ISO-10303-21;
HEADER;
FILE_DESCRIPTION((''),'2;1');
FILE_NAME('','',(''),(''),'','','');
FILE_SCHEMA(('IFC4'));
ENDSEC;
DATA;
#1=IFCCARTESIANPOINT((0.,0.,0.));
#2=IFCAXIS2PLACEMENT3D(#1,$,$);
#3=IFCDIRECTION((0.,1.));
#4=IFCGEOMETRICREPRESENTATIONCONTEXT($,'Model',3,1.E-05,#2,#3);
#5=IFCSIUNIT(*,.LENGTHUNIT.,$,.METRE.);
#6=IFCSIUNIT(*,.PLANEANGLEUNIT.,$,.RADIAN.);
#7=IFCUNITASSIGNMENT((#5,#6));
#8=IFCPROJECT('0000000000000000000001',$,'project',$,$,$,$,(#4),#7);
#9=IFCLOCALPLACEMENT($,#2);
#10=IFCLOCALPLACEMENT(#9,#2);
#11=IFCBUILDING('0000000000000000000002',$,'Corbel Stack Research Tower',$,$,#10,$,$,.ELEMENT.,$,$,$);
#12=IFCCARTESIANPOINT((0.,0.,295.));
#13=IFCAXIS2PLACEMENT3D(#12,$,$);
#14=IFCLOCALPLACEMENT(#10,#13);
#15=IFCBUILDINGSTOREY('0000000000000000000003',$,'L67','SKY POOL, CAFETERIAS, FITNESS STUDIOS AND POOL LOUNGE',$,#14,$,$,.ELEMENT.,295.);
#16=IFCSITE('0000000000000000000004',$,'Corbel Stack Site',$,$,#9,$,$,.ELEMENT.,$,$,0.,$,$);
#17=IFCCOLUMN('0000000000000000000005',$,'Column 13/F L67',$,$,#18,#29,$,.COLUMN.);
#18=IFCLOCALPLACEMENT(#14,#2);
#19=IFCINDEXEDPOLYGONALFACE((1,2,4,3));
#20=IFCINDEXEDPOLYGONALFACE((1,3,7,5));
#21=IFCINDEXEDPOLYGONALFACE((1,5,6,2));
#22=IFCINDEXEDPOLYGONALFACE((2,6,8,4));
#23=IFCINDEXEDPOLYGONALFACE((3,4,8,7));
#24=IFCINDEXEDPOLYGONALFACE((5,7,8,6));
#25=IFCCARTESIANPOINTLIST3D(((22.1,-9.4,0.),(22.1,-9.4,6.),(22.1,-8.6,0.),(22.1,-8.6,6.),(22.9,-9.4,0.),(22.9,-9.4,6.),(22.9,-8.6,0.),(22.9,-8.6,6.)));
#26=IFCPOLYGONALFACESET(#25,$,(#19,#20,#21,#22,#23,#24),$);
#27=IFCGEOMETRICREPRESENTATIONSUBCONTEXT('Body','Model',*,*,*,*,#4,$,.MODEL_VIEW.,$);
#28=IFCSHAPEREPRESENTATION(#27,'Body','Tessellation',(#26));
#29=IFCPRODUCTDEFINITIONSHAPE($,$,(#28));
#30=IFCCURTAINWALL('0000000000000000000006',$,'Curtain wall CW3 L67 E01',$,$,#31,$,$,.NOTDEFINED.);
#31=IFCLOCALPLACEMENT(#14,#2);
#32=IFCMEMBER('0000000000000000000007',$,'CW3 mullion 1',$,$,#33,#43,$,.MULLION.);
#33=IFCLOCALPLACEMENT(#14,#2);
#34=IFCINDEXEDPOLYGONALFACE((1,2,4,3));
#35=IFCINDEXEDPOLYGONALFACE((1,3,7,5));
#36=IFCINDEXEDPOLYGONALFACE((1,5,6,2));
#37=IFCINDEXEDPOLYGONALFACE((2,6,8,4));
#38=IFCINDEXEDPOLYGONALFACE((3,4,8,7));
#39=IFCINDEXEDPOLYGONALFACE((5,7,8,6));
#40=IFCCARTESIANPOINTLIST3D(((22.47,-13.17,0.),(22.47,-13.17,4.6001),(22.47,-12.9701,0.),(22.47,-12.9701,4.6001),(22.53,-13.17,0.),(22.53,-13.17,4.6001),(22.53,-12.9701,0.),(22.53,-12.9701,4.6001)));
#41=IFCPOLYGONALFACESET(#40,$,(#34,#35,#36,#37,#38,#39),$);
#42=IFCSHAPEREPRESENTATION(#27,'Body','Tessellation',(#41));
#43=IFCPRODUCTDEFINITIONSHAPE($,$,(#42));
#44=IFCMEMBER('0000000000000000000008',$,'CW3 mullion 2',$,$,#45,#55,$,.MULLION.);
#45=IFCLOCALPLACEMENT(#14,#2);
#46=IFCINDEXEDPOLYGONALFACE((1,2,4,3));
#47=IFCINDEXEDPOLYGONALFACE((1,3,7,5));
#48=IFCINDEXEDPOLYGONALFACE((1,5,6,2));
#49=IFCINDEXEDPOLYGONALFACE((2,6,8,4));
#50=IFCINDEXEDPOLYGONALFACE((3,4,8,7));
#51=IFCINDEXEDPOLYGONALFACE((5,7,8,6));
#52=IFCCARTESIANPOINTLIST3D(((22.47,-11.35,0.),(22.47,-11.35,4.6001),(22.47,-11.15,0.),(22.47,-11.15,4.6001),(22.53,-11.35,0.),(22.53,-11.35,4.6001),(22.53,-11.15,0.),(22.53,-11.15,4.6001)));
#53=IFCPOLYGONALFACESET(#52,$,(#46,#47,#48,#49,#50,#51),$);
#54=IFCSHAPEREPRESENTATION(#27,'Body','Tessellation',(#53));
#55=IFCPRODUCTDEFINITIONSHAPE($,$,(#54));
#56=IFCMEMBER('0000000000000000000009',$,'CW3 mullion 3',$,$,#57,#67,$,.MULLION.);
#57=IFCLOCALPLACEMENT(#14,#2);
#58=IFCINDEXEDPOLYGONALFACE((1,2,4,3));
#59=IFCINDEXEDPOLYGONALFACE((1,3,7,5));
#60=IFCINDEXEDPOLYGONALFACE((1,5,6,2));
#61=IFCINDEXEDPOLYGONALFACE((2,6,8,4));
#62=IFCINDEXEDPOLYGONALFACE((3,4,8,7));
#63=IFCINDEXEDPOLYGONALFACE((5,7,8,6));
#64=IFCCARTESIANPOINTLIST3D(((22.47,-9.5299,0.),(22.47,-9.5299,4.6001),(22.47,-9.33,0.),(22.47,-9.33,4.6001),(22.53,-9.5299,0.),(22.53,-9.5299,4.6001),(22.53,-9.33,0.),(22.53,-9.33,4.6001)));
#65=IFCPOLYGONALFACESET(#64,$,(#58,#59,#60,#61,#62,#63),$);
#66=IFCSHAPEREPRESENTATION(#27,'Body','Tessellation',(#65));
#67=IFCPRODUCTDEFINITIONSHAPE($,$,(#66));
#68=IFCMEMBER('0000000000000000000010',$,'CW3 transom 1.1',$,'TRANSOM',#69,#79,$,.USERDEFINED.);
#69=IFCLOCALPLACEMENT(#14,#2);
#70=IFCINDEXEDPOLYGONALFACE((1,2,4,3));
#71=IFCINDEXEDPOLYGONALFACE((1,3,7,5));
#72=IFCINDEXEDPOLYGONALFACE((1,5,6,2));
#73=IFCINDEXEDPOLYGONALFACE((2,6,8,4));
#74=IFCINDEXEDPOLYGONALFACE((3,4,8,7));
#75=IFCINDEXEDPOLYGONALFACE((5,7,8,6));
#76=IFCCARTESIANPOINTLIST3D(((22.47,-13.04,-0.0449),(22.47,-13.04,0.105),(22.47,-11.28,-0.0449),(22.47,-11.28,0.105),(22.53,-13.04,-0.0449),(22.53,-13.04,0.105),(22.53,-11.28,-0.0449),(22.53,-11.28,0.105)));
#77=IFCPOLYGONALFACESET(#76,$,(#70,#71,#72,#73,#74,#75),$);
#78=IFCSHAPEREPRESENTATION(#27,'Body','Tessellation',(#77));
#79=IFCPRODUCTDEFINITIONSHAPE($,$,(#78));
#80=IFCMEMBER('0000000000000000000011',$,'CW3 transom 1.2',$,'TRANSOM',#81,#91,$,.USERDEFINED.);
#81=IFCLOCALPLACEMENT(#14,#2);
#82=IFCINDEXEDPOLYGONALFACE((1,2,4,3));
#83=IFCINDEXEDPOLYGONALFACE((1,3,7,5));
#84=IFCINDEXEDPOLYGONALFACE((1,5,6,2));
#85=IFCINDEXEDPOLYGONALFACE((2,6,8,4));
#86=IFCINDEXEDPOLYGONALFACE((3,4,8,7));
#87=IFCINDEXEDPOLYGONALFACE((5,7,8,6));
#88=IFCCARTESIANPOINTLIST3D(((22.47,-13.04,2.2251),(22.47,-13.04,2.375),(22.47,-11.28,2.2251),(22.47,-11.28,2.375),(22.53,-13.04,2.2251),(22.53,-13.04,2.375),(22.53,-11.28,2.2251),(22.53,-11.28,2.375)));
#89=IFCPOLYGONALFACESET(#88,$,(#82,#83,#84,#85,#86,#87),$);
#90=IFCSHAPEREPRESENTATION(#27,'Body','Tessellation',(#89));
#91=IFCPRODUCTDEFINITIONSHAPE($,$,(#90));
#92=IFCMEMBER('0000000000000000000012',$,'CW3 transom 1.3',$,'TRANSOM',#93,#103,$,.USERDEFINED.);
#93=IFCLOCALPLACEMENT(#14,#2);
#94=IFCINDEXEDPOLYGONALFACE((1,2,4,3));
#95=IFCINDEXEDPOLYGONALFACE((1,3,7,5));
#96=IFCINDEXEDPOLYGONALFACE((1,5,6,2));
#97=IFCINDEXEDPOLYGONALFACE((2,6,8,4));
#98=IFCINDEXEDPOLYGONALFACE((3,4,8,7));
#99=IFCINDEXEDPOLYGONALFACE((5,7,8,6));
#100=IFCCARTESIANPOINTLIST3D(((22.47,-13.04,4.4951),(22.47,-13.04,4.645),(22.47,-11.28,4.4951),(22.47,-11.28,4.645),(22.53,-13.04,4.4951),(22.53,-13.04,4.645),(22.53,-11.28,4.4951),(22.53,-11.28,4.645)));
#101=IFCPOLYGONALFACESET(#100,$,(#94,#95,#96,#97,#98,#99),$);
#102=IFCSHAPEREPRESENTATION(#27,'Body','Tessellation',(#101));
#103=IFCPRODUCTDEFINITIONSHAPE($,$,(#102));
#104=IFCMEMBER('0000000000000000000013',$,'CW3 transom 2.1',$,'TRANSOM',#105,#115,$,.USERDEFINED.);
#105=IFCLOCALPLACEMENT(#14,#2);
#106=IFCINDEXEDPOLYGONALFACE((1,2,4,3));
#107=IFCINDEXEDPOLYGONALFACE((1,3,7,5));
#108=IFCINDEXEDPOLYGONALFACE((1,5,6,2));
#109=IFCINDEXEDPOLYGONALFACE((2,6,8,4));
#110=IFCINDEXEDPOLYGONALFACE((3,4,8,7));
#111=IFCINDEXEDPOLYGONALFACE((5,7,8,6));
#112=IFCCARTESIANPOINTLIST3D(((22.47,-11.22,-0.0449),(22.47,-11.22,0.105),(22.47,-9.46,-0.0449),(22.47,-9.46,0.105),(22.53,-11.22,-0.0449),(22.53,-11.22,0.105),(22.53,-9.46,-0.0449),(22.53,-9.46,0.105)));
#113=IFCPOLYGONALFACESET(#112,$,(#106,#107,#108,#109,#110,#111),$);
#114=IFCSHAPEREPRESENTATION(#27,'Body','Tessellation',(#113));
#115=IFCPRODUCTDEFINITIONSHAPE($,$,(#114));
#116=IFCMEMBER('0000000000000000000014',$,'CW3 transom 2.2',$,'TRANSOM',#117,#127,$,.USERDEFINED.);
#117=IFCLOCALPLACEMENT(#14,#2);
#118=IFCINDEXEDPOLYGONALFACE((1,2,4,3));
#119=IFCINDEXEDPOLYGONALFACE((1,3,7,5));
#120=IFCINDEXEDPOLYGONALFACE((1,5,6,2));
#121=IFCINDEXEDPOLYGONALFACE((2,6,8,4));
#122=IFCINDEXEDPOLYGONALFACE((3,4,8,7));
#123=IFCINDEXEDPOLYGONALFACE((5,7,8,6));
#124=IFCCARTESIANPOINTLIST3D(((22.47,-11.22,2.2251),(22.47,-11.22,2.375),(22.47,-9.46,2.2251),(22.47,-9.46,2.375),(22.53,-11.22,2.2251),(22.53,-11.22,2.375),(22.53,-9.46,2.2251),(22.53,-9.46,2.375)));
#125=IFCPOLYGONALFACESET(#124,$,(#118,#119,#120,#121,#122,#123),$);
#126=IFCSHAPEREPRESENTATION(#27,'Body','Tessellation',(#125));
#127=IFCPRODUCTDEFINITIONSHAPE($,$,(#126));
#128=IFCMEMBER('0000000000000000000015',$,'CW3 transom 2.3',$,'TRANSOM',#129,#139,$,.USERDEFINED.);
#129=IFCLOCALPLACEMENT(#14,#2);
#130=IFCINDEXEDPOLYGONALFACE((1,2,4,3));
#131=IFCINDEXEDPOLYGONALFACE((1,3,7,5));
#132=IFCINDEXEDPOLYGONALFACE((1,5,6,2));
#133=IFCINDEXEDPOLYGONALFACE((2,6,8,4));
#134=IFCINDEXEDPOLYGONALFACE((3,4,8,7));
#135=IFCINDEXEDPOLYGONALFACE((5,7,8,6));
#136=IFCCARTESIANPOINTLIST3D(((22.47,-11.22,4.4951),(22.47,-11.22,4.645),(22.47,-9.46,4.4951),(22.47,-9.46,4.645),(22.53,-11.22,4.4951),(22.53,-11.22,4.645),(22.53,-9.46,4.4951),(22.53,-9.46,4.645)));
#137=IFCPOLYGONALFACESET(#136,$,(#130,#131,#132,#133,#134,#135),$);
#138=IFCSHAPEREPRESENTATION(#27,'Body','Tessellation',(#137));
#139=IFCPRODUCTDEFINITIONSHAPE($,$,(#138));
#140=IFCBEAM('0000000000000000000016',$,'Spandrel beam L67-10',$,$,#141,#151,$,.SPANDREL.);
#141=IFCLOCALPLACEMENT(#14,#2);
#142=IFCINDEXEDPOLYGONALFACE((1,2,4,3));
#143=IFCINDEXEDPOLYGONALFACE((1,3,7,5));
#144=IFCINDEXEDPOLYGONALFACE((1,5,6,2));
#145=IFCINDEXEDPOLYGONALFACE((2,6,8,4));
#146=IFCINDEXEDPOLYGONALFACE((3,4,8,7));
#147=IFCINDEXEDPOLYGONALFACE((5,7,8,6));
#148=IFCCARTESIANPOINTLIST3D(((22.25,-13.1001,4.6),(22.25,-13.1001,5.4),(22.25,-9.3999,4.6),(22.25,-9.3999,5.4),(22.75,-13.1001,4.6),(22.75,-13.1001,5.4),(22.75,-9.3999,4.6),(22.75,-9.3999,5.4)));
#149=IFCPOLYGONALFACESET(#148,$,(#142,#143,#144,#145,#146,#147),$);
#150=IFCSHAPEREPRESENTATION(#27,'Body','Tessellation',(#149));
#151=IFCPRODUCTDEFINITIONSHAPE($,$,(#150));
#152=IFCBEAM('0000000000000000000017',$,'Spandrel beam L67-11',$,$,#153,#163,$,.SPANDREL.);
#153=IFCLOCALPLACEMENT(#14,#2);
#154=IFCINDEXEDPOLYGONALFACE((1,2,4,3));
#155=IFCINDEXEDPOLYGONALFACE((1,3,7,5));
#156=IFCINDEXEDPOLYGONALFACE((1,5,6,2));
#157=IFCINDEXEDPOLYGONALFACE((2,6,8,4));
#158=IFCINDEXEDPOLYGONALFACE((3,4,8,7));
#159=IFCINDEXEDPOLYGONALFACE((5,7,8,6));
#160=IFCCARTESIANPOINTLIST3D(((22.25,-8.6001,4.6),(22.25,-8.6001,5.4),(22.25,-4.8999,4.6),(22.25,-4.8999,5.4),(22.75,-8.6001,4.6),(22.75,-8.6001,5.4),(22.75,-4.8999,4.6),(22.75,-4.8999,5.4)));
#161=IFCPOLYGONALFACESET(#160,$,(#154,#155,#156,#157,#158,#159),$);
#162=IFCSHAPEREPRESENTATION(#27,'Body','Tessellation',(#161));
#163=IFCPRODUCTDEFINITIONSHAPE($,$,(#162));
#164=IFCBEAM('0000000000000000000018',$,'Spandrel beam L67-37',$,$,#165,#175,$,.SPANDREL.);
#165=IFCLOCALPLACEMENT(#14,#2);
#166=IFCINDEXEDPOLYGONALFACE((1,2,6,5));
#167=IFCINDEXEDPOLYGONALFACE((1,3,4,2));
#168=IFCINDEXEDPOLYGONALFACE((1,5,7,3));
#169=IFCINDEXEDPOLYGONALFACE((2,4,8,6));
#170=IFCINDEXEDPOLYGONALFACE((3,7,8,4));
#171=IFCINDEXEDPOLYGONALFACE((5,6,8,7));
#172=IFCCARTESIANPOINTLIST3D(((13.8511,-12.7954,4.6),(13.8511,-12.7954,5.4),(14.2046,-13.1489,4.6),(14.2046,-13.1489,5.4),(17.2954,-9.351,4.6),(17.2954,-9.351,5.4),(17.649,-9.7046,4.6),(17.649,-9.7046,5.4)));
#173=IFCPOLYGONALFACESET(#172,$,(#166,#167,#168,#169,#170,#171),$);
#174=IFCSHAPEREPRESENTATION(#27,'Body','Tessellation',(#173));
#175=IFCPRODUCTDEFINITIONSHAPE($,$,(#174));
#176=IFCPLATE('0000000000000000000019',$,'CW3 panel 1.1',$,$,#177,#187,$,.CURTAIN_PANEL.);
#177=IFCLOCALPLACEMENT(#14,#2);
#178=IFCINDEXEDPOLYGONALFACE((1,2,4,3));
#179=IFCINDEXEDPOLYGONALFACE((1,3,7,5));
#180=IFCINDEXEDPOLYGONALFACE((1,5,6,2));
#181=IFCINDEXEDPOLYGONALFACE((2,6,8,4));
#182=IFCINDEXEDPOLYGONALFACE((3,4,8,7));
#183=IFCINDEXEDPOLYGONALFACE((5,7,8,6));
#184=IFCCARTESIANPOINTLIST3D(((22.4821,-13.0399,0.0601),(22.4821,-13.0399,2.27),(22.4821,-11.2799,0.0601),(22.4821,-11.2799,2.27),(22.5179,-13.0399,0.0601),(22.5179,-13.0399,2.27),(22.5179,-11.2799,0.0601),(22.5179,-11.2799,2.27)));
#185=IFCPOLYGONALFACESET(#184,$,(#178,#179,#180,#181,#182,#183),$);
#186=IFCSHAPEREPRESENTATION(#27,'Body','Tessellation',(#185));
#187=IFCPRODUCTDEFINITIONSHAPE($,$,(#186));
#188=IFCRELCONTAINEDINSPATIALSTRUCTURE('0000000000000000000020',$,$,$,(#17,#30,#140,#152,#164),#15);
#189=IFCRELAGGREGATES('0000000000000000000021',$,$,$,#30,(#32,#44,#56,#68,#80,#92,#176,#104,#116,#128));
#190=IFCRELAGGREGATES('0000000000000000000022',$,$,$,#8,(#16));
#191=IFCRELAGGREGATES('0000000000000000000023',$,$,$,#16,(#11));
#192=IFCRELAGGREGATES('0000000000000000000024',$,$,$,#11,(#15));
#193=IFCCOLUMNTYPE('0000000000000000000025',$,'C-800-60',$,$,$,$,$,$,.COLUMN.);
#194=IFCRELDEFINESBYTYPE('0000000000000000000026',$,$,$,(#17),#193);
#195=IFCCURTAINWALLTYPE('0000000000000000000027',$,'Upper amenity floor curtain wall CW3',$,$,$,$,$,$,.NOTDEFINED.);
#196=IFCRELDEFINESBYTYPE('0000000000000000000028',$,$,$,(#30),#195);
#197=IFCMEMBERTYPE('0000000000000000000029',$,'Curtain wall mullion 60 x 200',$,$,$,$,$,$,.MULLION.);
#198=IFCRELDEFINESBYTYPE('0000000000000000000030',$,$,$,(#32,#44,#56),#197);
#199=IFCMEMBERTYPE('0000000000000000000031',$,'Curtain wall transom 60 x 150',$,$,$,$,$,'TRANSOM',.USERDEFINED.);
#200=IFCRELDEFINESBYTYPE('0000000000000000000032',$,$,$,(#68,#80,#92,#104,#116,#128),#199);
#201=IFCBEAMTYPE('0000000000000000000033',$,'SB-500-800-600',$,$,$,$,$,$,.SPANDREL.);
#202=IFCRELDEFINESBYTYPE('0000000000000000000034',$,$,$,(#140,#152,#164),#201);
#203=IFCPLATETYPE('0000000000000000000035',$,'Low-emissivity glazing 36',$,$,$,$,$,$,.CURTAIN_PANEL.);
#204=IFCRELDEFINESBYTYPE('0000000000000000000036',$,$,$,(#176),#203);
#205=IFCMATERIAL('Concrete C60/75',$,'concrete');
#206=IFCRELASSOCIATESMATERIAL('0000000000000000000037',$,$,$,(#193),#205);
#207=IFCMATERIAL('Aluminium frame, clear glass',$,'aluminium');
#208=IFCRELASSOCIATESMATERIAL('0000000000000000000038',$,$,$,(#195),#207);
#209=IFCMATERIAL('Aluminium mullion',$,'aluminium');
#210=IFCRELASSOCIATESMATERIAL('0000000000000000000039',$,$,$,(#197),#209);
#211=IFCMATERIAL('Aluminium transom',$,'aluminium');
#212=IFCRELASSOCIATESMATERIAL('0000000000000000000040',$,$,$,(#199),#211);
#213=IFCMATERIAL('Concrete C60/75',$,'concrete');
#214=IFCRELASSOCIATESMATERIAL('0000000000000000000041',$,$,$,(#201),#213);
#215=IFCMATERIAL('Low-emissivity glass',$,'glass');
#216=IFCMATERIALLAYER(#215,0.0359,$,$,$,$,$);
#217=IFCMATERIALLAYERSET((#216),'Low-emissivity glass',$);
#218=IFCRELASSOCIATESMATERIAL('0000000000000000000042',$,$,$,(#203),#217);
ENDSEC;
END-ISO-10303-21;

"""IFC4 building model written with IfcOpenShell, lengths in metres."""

from ifc_helpers import new_model, si_unit, direction, frame, origin, origin_2d, place, context, subcontext, project, spatial, rectangle, extrude, material, layer, layer_set, material_profile, profile_set, type_object, element, aggregate, save


model = new_model("IFC4")

# Units and contexts
model_context = context("Model", 3, precision=1e-05, world=origin(), true_north=direction((0.0, 1.0)))
body_context = subcontext(model_context, "Body", "Model", "MODEL_VIEW")
ifc_project = project(units=[si_unit("LENGTHUNIT", "METRE"), si_unit("PLANEANGLEUNIT", "RADIAN")], contexts=[model_context])

# Site, building, storey
site_placement = place(None, origin())
site = spatial("IfcSite", under=ifc_project, at=site_placement, Name="Corbel Stack Site", CompositionType="ELEMENT", RefElevation=0.0)
building_placement = place(site_placement, origin())
building = spatial("IfcBuilding", under=site, at=building_placement, Name="Corbel Stack Research Tower", CompositionType="ELEMENT")
storey_placement = place(building_placement, frame((0.0, 0.0, 295.0)))
storey = spatial("IfcBuildingStorey", under=building, at=storey_placement, Name="L67", Description="SKY POOL, CAFETERIAS, FITNESS STUDIOS AND POOL LOUNGE", CompositionType="ELEMENT", Elevation=295.0)

# Column
ifc_material_1 = material(Name="Concrete C60/75", Category="concrete")
ifc_material_profile_1 = material_profile(ifc_material_1, rectangle(XDim=0.8, YDim=0.8, at=origin_2d()), Name="RC 800 x 800")
ifc_profile_set_1 = profile_set([ifc_material_profile_1], Name="Concrete C60/75")
column_type = type_object("IfcColumnType", Name="C-800-60", PredefinedType="COLUMN", material=ifc_profile_set_1)
column_placement = place(storey_placement, frame((22.5, -9.0, 0.0), z_axis=(0.0, 0.0, 1.0), x_axis=(1.0, 0.0, 0.0)))
element("IfcColumn", 1, at=column_placement, inside=storey, type_object=column_type, Name="Column 13/F L67", PredefinedType="COLUMN", context=body_context, shape_type="SweptSolid", body=[
    extrude(rectangle(XDim=0.8, YDim=0.8, at=origin_2d()), origin(), (0.0, 0.0, 1.0), 6.0),
])

# Curtain wall, members
ifc_material_2 = material(Name="Aluminium frame, clear glass", Category="aluminium")
curtain_wall_type = type_object("IfcCurtainWallType", Name="Upper amenity floor curtain wall CW3", PredefinedType="NOTDEFINED", material=ifc_material_2)
curtain_wall_placement = place(storey_placement, origin())
curtain_wall = element("IfcCurtainWall", 2, at=curtain_wall_placement, inside=storey, type_object=curtain_wall_type, Name="Curtain wall CW3 L67 E01", PredefinedType="NOTDEFINED")
ifc_material_3 = material(Name="Aluminium mullion", Category="aluminium")
ifc_material_profile_2 = material_profile(ifc_material_3, rectangle(XDim=0.0601, YDim=0.2, at=origin_2d()), Name="Mullion 60 x 200")
ifc_profile_set_2 = profile_set([ifc_material_profile_2], Name="Aluminium mullion")
member_type_1 = type_object("IfcMemberType", Name="Curtain wall mullion 60 x 200", PredefinedType="MULLION", material=ifc_profile_set_2)
member_1_placement = place(storey_placement, frame((22.5, -13.0701, 0.0), z_axis=(0.0, 0.0, 1.0), x_axis=(-1.0, 0.0, 0.0)))
member_1 = element("IfcMember", 3, at=member_1_placement, type_object=member_type_1, Name="CW3 mullion 1", PredefinedType="MULLION", context=body_context, shape_type="SweptSolid", body=[
    extrude(rectangle(XDim=0.0601, YDim=0.2, at=origin_2d()), origin(), (0.0, 0.0, 1.0), 4.6001),
])
member_2_placement = place(storey_placement, frame((22.5, -11.25, 0.0), z_axis=(0.0, 0.0, 1.0), x_axis=(-1.0, 0.0, 0.0)))
member_2 = element("IfcMember", 4, at=member_2_placement, type_object=member_type_1, Name="CW3 mullion 2", PredefinedType="MULLION", context=body_context, shape_type="SweptSolid", body=[
    extrude(rectangle(XDim=0.0601, YDim=0.2, at=origin_2d()), origin(), (0.0, 0.0, 1.0), 4.6001),
])
member_3_placement = place(storey_placement, frame((22.5, -9.4299, 0.0), z_axis=(0.0, 0.0, 1.0), x_axis=(-1.0, 0.0, 0.0)))
member_3 = element("IfcMember", 5, at=member_3_placement, type_object=member_type_1, Name="CW3 mullion 3", PredefinedType="MULLION", context=body_context, shape_type="SweptSolid", body=[
    extrude(rectangle(XDim=0.0601, YDim=0.2, at=origin_2d()), origin(), (0.0, 0.0, 1.0), 4.6001),
])
ifc_material_4 = material(Name="Aluminium transom", Category="aluminium")
ifc_material_profile_3 = material_profile(ifc_material_4, rectangle(XDim=0.0601, YDim=0.1499, at=origin_2d()), Name="Transom 60 x 150")
ifc_profile_set_3 = profile_set([ifc_material_profile_3], Name="Aluminium transom")
member_type_2 = type_object("IfcMemberType", Name="Curtain wall transom 60 x 150", ElementType="TRANSOM", PredefinedType="USERDEFINED", material=ifc_profile_set_3)
member_4_placement = place(storey_placement, frame((22.5, -13.04, 0.03), z_axis=(0.0, 1.0, 0.0), x_axis=(-1.0, 0.0, 0.0)))
member_4 = element("IfcMember", 6, at=member_4_placement, type_object=member_type_2, Name="CW3 transom 1.1", ObjectType="TRANSOM", PredefinedType="USERDEFINED", context=body_context, shape_type="SweptSolid", body=[
    extrude(rectangle(XDim=0.0601, YDim=0.1499, at=origin_2d()), origin(), (0.0, 0.0, 1.0), 1.76),
])
member_5_placement = place(storey_placement, frame((22.5, -13.04, 2.3), z_axis=(0.0, 1.0, 0.0), x_axis=(-1.0, 0.0, 0.0)))
member_5 = element("IfcMember", 7, at=member_5_placement, type_object=member_type_2, Name="CW3 transom 1.2", ObjectType="TRANSOM", PredefinedType="USERDEFINED", context=body_context, shape_type="SweptSolid", body=[
    extrude(rectangle(XDim=0.0601, YDim=0.1499, at=origin_2d()), origin(), (0.0, 0.0, 1.0), 1.76),
])
member_6_placement = place(storey_placement, frame((22.5, -13.04, 4.5701), z_axis=(0.0, 1.0, 0.0), x_axis=(-1.0, 0.0, 0.0)))
member_6 = element("IfcMember", 8, at=member_6_placement, type_object=member_type_2, Name="CW3 transom 1.3", ObjectType="TRANSOM", PredefinedType="USERDEFINED", context=body_context, shape_type="SweptSolid", body=[
    extrude(rectangle(XDim=0.0601, YDim=0.1499, at=origin_2d()), origin(), (0.0, 0.0, 1.0), 1.76),
])
member_7_placement = place(storey_placement, frame((22.5, -11.22, 0.03), z_axis=(0.0, 1.0, 0.0), x_axis=(-1.0, 0.0, 0.0)))
member_7 = element("IfcMember", 9, at=member_7_placement, type_object=member_type_2, Name="CW3 transom 2.1", ObjectType="TRANSOM", PredefinedType="USERDEFINED", context=body_context, shape_type="SweptSolid", body=[
    extrude(rectangle(XDim=0.0601, YDim=0.1499, at=origin_2d()), origin(), (0.0, 0.0, 1.0), 1.76),
])
member_8_placement = place(storey_placement, frame((22.5, -11.22, 2.3), z_axis=(0.0, 1.0, 0.0), x_axis=(-1.0, 0.0, 0.0)))
member_8 = element("IfcMember", 10, at=member_8_placement, type_object=member_type_2, Name="CW3 transom 2.2", ObjectType="TRANSOM", PredefinedType="USERDEFINED", context=body_context, shape_type="SweptSolid", body=[
    extrude(rectangle(XDim=0.0601, YDim=0.1499, at=origin_2d()), origin(), (0.0, 0.0, 1.0), 1.76),
])
member_9_placement = place(storey_placement, frame((22.5, -11.22, 4.5701), z_axis=(0.0, 1.0, 0.0), x_axis=(-1.0, 0.0, 0.0)))
member_9 = element("IfcMember", 11, at=member_9_placement, type_object=member_type_2, Name="CW3 transom 2.3", ObjectType="TRANSOM", PredefinedType="USERDEFINED", context=body_context, shape_type="SweptSolid", body=[
    extrude(rectangle(XDim=0.0601, YDim=0.1499, at=origin_2d()), origin(), (0.0, 0.0, 1.0), 1.76),
])

# Beams
ifc_material_5 = material(Name="Concrete C60/75", Category="concrete")
ifc_material_profile_4 = material_profile(ifc_material_5, rectangle(XDim=0.5, YDim=0.8, at=origin_2d()), Name="RC 500 x 800")
ifc_profile_set_4 = profile_set([ifc_material_profile_4], Name="Concrete C60/75")
beam_type = type_object("IfcBeamType", Name="SB-500-800-600", PredefinedType="SPANDREL", material=ifc_profile_set_4)
for number, where, z_axis, x_axis, name in (
    (12, (22.5, -13.1001, 5.0), (0.0, 1.0, 0.0), (-1.0, 0.0, 0.0), "Spandrel beam L67-10"),
    (13, (22.5, -8.6001, 5.0), (0.0, 1.0, 0.0), (-1.0, 0.0, 0.0), "Spandrel beam L67-11"),
):
    element("IfcBeam", number, at=place(storey_placement, frame(where, z_axis=z_axis, x_axis=x_axis)), inside=storey, type_object=beam_type, Name=name, PredefinedType="SPANDREL", context=body_context, shape_type="SweptSolid", body=[
        extrude(rectangle(XDim=0.5, YDim=0.8, at=origin_2d()), origin(), (0.0, 0.0, 1.0), 3.7002),
    ])
beam_placement = place(storey_placement, frame((14.0278, -12.9722, 5.0), z_axis=(0.707107, 0.707107, 0.0), x_axis=(-0.707107, 0.707107, 0.0)))
element("IfcBeam", 14, at=beam_placement, inside=storey, type_object=beam_type, Name="Spandrel beam L67-37", PredefinedType="SPANDREL", context=body_context, shape_type="SweptSolid", body=[
    extrude(rectangle(XDim=0.5, YDim=0.8, at=origin_2d()), origin(), (0.0, 0.0, 1.0), 4.8711),
])

# Plate
ifc_material_6 = material(Name="Low-emissivity glass", Category="glass")
ifc_layer_1 = layer(ifc_material_6, 0.0359)
ifc_layer_set_1 = layer_set([ifc_layer_1], Name="Low-emissivity glass")
plate_type = type_object("IfcPlateType", Name="Low-emissivity glazing 36", PredefinedType="CURTAIN_PANEL", material=ifc_layer_set_1)
plate_1_placement = place(storey_placement, frame((22.5, -12.1599, 0.0601), z_axis=(0.0, 0.0, 1.0), x_axis=(0.0, 1.0, 0.0)))
plate_1 = element("IfcPlate", 15, at=plate_1_placement, type_object=plate_type, Name="CW3 panel 1.1", PredefinedType="CURTAIN_PANEL", context=body_context, shape_type="SweptSolid", body=[
    extrude(rectangle(XDim=1.76, YDim=0.0359, at=origin_2d()), origin(), (0.0, 0.0, 1.0), 2.21),
])
aggregate(curtain_wall, [member_1, member_2, member_3, member_4, member_5, member_6, plate_1, member_7, member_8, member_9])

save(model, "model.ifc")
